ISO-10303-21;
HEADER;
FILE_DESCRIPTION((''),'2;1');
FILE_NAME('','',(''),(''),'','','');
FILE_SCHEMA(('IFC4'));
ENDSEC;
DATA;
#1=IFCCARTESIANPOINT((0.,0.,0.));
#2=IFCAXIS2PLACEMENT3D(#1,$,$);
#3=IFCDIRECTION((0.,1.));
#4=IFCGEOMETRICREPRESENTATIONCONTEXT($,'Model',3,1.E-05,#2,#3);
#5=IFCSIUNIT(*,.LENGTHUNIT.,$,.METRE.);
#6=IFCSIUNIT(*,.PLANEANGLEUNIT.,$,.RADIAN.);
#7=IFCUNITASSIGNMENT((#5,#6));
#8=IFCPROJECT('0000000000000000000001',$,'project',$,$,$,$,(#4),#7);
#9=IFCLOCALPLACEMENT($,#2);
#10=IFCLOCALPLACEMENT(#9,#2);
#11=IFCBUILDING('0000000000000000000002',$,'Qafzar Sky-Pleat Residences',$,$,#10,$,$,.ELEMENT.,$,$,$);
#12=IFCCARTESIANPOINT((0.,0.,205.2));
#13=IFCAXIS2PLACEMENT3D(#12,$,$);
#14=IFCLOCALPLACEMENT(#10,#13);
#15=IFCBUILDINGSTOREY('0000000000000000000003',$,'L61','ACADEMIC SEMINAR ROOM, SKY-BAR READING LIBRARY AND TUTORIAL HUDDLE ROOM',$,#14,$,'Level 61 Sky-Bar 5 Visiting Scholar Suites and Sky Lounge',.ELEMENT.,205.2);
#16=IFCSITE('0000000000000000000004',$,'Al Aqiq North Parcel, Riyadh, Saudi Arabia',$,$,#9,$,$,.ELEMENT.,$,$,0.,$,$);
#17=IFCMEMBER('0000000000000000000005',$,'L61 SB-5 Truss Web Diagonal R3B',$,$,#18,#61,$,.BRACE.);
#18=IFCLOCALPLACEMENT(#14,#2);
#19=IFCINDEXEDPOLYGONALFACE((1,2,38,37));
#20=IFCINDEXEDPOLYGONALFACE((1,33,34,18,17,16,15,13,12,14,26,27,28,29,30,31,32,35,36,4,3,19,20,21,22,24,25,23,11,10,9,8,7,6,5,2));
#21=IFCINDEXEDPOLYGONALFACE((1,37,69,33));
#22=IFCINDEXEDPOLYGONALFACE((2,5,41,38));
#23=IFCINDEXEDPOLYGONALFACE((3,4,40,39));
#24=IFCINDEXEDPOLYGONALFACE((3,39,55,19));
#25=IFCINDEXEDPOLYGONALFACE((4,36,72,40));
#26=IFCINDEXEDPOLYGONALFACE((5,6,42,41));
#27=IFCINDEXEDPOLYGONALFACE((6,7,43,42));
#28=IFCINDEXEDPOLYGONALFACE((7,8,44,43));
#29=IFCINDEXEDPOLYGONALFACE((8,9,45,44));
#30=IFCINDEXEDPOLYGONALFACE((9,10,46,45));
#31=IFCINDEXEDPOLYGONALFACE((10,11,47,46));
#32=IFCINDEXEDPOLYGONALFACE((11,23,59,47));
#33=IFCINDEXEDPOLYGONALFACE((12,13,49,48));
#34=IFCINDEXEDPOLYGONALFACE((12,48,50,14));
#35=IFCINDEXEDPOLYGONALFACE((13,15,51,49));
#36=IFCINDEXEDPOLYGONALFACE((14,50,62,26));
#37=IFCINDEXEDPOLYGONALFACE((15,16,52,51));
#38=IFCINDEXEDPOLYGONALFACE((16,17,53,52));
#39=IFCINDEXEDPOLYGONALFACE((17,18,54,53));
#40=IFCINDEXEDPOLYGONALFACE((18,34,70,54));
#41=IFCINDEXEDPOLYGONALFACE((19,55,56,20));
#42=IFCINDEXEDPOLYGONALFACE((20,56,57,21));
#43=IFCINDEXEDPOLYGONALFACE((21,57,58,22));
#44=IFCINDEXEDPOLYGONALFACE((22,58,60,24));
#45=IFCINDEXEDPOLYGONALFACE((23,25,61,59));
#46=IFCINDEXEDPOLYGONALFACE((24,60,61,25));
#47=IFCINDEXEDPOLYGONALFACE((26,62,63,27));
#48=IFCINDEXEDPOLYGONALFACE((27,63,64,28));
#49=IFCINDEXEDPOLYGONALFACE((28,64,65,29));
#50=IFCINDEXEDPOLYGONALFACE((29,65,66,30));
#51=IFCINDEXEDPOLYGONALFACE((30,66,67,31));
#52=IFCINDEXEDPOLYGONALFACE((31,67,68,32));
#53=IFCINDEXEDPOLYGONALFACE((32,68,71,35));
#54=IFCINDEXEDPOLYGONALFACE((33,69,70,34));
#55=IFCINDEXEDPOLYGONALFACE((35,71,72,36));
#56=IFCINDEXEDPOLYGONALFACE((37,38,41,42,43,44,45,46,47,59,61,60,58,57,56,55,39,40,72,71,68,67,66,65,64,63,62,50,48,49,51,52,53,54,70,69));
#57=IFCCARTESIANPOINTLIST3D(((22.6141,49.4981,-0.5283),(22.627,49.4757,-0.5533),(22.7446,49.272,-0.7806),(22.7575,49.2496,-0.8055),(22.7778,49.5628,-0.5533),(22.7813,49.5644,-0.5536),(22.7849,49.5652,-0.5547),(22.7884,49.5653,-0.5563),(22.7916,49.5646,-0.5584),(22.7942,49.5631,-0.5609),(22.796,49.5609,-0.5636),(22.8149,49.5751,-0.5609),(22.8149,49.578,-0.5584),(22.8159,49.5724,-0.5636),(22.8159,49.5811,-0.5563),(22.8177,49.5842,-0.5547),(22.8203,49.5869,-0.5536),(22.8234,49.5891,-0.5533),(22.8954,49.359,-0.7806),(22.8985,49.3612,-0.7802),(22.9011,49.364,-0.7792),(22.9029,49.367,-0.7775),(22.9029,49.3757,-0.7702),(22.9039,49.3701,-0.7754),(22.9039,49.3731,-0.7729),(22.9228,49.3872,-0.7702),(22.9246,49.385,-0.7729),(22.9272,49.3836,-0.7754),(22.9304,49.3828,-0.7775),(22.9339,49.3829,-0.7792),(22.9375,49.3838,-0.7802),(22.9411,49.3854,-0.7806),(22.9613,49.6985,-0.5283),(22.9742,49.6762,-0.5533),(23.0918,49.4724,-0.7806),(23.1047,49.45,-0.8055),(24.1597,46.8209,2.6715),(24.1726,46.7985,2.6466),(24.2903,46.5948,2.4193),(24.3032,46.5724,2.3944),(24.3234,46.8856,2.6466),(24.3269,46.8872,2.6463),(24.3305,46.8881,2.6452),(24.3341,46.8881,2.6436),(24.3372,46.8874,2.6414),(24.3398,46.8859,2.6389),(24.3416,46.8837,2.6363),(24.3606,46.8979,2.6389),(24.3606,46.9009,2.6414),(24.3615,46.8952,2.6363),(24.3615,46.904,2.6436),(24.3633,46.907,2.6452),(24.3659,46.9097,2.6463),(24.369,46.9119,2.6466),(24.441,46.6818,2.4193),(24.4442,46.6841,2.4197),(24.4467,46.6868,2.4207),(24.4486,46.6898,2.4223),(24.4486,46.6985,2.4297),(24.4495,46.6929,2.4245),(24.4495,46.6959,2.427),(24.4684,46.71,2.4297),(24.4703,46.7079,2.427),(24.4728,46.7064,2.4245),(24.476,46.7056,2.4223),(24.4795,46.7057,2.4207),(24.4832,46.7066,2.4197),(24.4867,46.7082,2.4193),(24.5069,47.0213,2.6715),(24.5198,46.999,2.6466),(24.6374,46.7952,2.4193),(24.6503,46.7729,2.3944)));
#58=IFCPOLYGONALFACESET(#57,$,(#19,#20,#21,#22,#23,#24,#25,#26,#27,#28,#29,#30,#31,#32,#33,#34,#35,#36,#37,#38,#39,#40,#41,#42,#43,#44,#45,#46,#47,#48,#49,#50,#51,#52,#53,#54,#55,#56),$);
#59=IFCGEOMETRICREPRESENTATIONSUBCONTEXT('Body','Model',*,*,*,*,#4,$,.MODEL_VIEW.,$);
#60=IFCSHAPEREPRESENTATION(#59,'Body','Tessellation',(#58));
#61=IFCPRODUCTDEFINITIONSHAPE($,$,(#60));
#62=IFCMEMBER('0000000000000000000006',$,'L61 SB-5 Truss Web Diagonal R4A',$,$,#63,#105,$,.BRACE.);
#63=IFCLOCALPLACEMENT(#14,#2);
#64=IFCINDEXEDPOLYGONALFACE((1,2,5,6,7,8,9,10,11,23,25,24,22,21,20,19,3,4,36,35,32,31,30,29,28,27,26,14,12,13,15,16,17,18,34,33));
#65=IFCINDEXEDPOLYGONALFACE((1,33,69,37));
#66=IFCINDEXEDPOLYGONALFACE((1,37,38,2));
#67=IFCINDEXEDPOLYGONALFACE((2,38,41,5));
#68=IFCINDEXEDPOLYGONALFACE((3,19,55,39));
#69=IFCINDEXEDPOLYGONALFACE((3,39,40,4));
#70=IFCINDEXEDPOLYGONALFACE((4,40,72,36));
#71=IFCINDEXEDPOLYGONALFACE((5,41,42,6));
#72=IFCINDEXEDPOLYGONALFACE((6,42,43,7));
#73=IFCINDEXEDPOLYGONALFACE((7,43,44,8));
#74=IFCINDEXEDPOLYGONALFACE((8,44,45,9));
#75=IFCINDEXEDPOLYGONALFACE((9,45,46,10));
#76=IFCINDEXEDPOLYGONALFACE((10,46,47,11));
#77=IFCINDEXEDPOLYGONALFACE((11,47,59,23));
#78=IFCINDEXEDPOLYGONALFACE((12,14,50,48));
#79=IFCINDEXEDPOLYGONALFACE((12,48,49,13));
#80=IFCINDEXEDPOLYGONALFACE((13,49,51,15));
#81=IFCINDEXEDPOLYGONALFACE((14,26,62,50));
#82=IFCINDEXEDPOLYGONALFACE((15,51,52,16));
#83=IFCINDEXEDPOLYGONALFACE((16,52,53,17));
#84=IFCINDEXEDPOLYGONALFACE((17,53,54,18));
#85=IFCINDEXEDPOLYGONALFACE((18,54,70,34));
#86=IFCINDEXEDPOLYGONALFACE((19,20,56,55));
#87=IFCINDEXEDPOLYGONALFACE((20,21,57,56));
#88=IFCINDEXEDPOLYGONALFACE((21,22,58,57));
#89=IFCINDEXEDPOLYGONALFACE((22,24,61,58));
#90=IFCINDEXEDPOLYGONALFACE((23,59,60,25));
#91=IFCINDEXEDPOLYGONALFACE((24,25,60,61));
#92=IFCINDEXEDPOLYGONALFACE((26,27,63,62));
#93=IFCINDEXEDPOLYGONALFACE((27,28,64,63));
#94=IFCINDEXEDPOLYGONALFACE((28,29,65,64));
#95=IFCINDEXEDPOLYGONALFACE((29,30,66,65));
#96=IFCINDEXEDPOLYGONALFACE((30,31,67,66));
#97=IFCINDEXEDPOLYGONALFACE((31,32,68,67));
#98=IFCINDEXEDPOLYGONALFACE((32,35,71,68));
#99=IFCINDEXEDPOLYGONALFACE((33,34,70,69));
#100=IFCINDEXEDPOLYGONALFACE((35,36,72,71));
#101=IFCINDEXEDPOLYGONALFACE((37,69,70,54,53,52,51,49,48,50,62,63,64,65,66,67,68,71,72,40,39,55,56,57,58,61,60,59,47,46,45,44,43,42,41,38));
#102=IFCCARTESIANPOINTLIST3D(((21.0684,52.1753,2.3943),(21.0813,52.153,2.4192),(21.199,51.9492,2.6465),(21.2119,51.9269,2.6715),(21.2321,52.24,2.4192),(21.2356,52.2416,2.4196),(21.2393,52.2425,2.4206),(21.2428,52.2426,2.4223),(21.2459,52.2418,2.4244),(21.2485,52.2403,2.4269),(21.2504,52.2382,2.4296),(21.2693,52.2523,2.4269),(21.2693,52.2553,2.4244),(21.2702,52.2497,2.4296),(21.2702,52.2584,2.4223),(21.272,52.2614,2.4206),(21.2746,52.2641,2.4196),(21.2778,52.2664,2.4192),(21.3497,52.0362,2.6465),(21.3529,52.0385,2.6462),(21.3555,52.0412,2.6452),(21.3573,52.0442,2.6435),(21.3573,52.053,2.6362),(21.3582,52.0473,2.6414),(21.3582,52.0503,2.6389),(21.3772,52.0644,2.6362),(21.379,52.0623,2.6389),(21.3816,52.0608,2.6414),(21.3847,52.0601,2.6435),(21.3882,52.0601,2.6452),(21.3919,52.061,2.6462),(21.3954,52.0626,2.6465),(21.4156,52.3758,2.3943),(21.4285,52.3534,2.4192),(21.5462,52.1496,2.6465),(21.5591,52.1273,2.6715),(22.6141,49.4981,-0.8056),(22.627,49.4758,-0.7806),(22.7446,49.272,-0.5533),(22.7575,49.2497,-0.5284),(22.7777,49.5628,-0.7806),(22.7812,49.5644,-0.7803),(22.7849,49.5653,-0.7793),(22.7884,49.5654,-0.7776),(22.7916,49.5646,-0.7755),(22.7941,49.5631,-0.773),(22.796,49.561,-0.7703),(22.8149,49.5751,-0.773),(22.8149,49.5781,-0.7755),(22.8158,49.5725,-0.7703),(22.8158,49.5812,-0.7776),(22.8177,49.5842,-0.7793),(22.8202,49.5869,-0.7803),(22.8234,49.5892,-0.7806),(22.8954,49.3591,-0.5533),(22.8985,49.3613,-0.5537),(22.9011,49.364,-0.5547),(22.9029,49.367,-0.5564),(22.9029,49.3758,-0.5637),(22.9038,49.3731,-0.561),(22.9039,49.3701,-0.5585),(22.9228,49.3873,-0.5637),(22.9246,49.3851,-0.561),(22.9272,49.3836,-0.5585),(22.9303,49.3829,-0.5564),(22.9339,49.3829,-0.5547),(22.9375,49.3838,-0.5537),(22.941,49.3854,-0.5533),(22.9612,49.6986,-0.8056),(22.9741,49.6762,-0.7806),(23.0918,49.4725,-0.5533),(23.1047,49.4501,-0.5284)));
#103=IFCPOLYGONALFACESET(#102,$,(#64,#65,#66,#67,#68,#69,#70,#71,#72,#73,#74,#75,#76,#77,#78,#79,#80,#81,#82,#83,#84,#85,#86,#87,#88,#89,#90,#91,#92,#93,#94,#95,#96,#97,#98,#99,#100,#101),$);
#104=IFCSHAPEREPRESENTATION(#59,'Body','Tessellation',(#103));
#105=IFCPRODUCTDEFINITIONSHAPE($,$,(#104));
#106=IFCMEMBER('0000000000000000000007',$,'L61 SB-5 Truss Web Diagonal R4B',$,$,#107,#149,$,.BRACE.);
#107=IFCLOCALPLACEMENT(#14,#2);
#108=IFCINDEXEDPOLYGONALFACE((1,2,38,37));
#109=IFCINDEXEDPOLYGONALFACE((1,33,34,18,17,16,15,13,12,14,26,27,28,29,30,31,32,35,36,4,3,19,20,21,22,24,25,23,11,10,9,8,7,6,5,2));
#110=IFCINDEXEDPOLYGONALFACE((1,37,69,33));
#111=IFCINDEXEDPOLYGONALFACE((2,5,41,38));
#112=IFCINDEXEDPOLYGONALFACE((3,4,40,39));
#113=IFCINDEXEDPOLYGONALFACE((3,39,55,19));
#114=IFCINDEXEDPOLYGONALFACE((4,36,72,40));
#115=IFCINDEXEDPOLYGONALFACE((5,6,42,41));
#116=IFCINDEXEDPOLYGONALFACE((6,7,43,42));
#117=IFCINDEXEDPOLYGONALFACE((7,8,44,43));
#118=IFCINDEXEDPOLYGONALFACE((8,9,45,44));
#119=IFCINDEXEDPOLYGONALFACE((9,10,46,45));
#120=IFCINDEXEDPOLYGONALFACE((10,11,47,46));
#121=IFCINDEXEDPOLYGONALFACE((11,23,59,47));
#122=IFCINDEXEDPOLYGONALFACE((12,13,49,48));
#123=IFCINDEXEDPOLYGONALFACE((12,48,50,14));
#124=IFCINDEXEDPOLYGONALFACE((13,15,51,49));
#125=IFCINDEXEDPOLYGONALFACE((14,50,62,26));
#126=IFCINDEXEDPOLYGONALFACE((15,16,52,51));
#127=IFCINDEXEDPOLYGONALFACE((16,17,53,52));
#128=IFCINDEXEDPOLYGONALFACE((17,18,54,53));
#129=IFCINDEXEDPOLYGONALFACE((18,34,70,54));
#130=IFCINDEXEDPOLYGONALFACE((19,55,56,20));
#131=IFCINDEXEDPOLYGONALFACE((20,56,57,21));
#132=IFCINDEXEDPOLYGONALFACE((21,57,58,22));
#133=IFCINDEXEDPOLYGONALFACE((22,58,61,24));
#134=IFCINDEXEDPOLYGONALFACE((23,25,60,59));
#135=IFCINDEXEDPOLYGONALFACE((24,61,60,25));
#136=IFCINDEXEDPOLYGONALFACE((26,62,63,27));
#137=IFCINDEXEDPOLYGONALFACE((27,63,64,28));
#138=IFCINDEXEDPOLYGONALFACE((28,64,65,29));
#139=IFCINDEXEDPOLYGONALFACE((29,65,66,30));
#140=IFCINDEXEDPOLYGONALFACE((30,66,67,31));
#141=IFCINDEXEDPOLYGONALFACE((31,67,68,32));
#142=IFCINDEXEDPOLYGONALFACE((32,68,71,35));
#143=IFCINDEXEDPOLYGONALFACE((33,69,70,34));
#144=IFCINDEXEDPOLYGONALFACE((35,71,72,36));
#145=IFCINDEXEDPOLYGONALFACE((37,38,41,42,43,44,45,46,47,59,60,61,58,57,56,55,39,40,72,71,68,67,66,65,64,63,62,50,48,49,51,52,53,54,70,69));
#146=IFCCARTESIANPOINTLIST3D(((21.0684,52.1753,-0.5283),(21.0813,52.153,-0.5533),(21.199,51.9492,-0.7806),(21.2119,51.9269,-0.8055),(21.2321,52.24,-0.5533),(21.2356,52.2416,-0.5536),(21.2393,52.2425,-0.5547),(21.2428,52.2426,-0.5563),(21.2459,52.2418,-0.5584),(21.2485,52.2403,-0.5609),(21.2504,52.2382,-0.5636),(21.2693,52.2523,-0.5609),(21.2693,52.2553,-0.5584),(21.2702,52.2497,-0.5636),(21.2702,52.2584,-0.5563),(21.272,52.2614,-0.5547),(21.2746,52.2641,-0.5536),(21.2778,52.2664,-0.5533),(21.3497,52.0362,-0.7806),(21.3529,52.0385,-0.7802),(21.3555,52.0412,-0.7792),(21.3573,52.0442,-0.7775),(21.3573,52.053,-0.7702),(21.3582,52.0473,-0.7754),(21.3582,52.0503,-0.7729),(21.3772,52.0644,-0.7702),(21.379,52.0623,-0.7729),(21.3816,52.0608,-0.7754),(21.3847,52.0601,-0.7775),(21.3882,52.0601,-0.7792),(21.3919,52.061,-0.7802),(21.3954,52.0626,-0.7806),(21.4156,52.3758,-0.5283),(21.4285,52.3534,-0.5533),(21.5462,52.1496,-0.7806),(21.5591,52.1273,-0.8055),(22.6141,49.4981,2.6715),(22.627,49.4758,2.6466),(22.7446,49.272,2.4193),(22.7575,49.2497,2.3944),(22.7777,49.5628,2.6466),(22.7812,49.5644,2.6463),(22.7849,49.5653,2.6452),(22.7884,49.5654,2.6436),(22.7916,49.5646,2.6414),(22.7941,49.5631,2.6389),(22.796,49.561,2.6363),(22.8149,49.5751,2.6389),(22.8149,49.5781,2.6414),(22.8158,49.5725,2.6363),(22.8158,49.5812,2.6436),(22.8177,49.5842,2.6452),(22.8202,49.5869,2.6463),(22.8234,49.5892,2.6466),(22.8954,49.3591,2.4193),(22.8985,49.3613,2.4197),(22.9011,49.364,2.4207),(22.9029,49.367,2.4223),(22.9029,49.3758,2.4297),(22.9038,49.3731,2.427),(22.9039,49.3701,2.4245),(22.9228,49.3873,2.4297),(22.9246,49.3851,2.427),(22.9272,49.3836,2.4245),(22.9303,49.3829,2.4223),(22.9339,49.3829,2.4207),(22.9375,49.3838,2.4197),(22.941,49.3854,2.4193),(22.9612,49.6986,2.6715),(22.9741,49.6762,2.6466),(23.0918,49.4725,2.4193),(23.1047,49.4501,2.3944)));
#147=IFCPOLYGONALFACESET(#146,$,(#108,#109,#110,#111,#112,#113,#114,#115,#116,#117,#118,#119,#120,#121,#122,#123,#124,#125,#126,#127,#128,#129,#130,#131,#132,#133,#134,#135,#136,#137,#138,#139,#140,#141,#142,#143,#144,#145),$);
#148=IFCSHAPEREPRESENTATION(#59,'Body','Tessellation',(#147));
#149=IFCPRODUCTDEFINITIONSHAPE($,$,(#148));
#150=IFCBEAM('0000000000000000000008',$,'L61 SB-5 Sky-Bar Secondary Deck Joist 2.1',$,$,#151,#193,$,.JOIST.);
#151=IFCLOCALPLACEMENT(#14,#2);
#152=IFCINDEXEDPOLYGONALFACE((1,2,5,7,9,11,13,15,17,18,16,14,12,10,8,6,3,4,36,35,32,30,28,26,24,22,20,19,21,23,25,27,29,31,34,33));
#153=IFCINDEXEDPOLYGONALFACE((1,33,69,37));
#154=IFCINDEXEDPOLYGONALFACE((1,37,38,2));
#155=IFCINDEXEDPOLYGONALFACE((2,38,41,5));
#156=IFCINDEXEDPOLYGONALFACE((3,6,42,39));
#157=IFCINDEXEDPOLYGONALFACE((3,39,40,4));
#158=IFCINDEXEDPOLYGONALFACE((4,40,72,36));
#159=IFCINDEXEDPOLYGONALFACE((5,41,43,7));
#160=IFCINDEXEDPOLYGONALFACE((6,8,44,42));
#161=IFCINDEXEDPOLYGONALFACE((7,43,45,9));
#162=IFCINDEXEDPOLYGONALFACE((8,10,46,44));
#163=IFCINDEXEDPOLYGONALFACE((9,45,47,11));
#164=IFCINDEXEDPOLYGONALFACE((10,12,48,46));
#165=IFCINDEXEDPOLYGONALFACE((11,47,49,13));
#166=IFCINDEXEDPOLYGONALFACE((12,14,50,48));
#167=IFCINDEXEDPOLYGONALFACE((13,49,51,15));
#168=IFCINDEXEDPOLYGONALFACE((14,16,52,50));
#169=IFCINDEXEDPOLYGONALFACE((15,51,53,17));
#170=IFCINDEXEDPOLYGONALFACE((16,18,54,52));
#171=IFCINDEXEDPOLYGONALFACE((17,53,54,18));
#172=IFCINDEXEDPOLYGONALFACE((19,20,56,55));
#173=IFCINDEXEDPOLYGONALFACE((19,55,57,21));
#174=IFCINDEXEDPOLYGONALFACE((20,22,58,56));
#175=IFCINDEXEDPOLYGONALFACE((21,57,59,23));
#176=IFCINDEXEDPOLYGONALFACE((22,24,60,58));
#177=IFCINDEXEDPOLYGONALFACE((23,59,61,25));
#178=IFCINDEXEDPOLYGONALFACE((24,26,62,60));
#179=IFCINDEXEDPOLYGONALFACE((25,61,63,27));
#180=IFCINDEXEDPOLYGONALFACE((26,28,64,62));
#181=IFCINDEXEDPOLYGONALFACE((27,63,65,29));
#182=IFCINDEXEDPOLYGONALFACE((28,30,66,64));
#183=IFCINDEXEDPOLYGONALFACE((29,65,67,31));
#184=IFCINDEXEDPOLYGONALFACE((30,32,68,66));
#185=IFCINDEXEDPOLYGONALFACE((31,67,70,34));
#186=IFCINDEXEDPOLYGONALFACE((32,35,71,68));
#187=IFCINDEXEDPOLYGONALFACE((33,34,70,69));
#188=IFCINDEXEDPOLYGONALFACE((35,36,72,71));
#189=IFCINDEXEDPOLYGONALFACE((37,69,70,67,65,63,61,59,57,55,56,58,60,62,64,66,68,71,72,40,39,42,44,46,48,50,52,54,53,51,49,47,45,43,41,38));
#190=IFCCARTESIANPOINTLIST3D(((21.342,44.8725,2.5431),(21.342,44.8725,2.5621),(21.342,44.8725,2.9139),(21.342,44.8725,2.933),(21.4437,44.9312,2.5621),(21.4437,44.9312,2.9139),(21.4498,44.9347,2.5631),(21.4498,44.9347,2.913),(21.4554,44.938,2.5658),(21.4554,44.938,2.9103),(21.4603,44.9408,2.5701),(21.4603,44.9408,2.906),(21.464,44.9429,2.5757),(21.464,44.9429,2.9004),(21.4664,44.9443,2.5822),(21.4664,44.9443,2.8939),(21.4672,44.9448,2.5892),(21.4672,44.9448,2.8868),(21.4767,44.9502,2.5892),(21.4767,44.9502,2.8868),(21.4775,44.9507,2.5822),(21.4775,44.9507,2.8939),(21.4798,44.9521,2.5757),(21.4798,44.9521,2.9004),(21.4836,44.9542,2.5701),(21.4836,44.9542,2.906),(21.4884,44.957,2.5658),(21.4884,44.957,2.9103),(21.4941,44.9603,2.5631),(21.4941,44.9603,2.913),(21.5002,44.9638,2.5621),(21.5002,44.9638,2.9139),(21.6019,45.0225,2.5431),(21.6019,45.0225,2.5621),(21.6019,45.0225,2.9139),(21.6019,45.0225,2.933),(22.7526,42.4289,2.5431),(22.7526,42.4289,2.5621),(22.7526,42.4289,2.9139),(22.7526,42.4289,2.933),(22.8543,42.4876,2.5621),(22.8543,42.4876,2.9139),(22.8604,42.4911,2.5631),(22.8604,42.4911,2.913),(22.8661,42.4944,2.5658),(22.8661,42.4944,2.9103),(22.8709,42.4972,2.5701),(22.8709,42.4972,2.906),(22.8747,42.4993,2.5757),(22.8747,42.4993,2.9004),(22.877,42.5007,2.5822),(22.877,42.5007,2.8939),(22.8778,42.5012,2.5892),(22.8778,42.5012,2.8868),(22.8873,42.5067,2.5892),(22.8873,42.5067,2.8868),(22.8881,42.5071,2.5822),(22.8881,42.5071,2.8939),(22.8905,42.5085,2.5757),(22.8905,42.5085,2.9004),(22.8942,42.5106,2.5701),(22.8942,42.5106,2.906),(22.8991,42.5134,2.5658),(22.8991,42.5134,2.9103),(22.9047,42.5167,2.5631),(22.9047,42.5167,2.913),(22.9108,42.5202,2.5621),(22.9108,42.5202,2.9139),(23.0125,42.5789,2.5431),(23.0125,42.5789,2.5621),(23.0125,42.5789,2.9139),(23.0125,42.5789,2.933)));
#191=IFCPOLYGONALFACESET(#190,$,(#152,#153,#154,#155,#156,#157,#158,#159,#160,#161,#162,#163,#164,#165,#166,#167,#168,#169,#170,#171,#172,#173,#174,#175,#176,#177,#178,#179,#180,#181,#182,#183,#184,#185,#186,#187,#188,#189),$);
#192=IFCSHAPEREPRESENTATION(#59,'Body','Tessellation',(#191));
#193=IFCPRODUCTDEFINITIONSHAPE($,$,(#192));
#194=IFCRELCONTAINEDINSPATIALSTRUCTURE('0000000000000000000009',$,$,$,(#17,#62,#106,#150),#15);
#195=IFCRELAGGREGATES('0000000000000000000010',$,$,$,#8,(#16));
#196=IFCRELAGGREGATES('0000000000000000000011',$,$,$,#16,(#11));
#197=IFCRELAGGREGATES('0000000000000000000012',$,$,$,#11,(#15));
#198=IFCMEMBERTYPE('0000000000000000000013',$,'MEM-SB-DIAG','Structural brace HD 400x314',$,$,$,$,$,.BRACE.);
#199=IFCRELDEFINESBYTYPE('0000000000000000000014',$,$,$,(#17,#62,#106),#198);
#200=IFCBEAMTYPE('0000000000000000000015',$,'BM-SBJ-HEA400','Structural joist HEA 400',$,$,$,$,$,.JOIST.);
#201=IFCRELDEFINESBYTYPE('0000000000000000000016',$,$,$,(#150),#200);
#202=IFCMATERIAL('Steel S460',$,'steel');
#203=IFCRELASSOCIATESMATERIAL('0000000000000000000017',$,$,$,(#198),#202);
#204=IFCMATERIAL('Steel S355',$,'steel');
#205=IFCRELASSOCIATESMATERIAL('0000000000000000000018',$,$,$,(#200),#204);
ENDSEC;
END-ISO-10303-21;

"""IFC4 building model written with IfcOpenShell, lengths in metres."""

from ifc_helpers import new_model, si_unit, direction, frame, origin, origin_2d, place, context, subcontext, project, spatial, i_section, extrude, source, transform, mapped, material, material_profile, profile_set, type_object, element, save


model = new_model("IFC4")

# Units and contexts
model_context = context("Model", 3, precision=1e-05, world=origin(), true_north=direction((0.0, 1.0)))
body_context = subcontext(model_context, "Body", "Model", "MODEL_VIEW")
ifc_project = project(units=[si_unit("LENGTHUNIT", "METRE"), si_unit("PLANEANGLEUNIT", "RADIAN")], contexts=[model_context])

# Site, building, storey
site_placement = place(None, origin())
site = spatial("IfcSite", under=ifc_project, at=site_placement, Name="Al Aqiq North Parcel, Riyadh, Saudi Arabia", CompositionType="ELEMENT", RefElevation=0.0)
building_placement = place(site_placement, origin())
building = spatial("IfcBuilding", under=site, at=building_placement, Name="Qafzar Sky-Pleat Residences", CompositionType="ELEMENT")
storey_placement = place(building_placement, frame((0.0, 0.0, 205.2)))
storey = spatial("IfcBuildingStorey", under=building, at=storey_placement, Name="L61", Description="ACADEMIC SEMINAR ROOM, SKY-BAR READING LIBRARY AND TUTORIAL HUDDLE ROOM", LongName="Level 61 Sky-Bar 5 Visiting Scholar Suites and Sky Lounge", CompositionType="ELEMENT", Elevation=205.2)

# Shared definitions
ifc_material_1 = material(Name="Steel S355", Category="steel")

# Members
ifc_material_2 = material(Name="Steel S460", Category="steel")
ifc_material_profile_1 = material_profile(ifc_material_2, i_section(OverallWidth=0.4009, OverallDepth=0.3989, WebThickness=0.0229, FlangeThickness=0.0359, FilletRadius=0.0149, at=origin_2d()), Name="HD 400x314")
ifc_profile_set_1 = profile_set([ifc_material_profile_1], Name="Steel S460")
member_type = type_object("IfcMemberType", Name="MEM-SB-DIAG", Description="Structural brace HD 400x314", PredefinedType="BRACE", material=ifc_profile_set_1)
shared_shape_1 = source(origin(), body_context, "Body", "SweptSolid", [
    extrude(i_section(OverallWidth=0.4009, OverallDepth=0.3989, WebThickness=0.0229, FlangeThickness=0.0359, FilletRadius=0.0149, at=origin_2d()), origin(), (0.0, 0.0, 1.0), 4.4492),
])
for number, where, z_axis, x_axis, name in (
    (1, (24.405, 46.7969, 2.533), (-0.347392, 0.601721, -0.719201), (-0.866033, -0.499987, 0.0), "L61 SB-5 Truss Web Diagonal R3B"),
    (2, (22.8594, 49.4741, -0.667), (-0.347392, 0.601721, 0.719201), (-0.866033, -0.499987, 0.0), "L61 SB-5 Truss Web Diagonal R4A"),
    (3, (22.8594, 49.4741, 2.533), (-0.347392, 0.601721, -0.719201), (-0.866033, -0.499987, 0.0), "L61 SB-5 Truss Web Diagonal R4B"),
):
    element("IfcMember", number, at=place(storey_placement, frame(where, z_axis=z_axis, x_axis=x_axis)), inside=storey, type_object=member_type, Name=name, PredefinedType="BRACE", context=body_context, shape_type="MappedRepresentation", body=[
        mapped(shared_shape_1, transform((0.0, 0.0, 0.0), x_axis=(1.0, 0.0, 0.0), y_axis=(0.0, 1.0, 0.0), z_axis=(0.0, 0.0, 1.0), scale=1.0)),
    ])

# Beam
ifc_material_profile_2 = material_profile(ifc_material_1, i_section(OverallWidth=0.3, OverallDepth=0.3899, WebThickness=0.011, FlangeThickness=0.019, FilletRadius=0.0271, at=origin_2d()), Name="HEA 400")
ifc_profile_set_2 = profile_set([ifc_material_profile_2], Name="Steel S355")
beam_type_1 = type_object("IfcBeamType", Name="BM-SBJ-HEA400", Description="Structural joist HEA 400", PredefinedType="JOIST", material=ifc_profile_set_2)
shared_shape_2 = source(origin(), body_context, "Body", "SweptSolid", [
    extrude(i_section(OverallWidth=0.3, OverallDepth=0.3899, WebThickness=0.011, FlangeThickness=0.019, FilletRadius=0.0271, at=origin_2d()), origin(), (0.0, 0.0, 1.0), 2.8215),
])
beam_1_placement = place(storey_placement, frame((22.8826, 42.5039, 2.738), z_axis=(-0.499955, 0.866052, 0.0), x_axis=(-0.866052, -0.499955, 0.0)))
element("IfcBeam", 4, at=beam_1_placement, inside=storey, type_object=beam_type_1, Name="L61 SB-5 Sky-Bar Secondary Deck Joist 2.1", PredefinedType="JOIST", context=body_context, shape_type="MappedRepresentation", body=[
    mapped(shared_shape_2, transform((0.0, 0.0, 0.0), x_axis=(1.0, 0.0, 0.0), y_axis=(0.0, 1.0, 0.0), z_axis=(0.0, 0.0, 1.0), scale=1.0)),
])

save(model, "model.ifc")
